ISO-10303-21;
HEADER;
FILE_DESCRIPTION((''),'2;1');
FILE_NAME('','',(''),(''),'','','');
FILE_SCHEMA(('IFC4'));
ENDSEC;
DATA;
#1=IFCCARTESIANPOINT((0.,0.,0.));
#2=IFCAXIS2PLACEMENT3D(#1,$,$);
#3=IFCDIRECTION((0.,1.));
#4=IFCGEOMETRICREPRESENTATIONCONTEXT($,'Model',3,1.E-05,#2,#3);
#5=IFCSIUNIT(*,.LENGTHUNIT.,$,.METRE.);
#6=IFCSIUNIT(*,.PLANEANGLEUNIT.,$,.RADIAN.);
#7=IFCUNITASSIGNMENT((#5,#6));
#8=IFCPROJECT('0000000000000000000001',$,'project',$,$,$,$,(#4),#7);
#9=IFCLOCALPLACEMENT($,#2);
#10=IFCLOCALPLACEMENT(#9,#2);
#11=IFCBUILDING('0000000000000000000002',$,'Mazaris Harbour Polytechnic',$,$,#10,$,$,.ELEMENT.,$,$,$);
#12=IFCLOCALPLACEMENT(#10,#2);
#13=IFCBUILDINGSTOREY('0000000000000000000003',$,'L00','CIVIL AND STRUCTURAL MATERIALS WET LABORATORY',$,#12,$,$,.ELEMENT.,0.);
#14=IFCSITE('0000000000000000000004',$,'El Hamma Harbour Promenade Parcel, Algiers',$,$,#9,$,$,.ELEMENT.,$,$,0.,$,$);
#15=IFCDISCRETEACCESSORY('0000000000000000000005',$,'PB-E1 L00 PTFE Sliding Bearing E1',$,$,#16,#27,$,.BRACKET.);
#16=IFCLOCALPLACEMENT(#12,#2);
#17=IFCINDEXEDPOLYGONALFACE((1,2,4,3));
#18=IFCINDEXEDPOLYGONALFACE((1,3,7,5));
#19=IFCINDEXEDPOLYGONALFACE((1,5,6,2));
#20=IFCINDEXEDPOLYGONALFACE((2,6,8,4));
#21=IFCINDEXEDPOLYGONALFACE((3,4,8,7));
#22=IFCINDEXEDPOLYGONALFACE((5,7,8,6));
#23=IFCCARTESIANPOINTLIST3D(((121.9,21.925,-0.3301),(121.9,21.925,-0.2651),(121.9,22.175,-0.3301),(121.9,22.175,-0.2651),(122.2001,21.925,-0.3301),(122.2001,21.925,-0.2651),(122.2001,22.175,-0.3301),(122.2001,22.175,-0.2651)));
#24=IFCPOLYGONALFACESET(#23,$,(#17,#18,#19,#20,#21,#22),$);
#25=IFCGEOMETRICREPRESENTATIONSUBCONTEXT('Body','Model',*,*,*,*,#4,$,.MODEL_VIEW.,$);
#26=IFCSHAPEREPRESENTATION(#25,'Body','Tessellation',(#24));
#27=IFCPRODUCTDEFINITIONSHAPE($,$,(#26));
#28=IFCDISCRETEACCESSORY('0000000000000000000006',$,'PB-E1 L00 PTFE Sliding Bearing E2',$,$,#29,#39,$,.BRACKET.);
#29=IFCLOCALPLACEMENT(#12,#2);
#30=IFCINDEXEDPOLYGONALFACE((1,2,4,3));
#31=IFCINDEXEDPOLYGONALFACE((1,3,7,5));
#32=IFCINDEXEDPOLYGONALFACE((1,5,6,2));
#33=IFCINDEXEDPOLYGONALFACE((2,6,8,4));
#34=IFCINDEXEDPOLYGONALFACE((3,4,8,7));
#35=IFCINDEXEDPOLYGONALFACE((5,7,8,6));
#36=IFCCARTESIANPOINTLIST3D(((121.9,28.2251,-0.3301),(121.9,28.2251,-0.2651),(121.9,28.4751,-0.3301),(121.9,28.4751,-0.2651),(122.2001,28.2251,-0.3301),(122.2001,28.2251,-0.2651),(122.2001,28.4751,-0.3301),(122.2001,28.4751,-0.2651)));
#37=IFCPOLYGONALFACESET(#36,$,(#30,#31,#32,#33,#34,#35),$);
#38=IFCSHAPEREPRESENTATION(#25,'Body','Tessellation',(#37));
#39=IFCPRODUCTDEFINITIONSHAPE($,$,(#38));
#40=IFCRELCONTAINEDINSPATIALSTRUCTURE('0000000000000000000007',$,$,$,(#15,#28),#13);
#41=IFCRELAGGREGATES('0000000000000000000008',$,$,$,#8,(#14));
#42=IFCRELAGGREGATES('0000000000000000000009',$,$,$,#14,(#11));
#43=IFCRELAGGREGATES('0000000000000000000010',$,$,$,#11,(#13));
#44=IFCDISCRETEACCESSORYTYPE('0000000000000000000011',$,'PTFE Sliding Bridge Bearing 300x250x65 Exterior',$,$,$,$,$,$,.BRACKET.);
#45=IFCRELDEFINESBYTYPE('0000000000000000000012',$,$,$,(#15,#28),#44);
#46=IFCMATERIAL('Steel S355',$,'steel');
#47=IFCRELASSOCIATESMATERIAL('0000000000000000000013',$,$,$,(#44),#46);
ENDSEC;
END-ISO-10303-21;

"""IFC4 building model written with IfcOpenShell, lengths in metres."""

from ifc_helpers import new_model, si_unit, direction, frame, origin, origin_2d, place, context, subcontext, project, spatial, rectangle, extrude, material, type_object, element, save


model = new_model("IFC4")

# Units and contexts
model_context = context("Model", 3, precision=1e-05, world=origin(), true_north=direction((0.0, 1.0)))
body_context = subcontext(model_context, "Body", "Model", "MODEL_VIEW")
ifc_project = project(units=[si_unit("LENGTHUNIT", "METRE"), si_unit("PLANEANGLEUNIT", "RADIAN")], contexts=[model_context])

# Site, building, storey
site_placement = place(None, origin())
site = spatial("IfcSite", under=ifc_project, at=site_placement, Name="El Hamma Harbour Promenade Parcel, Algiers", CompositionType="ELEMENT", RefElevation=0.0)
building_placement = place(site_placement, origin())
building = spatial("IfcBuilding", under=site, at=building_placement, Name="Mazaris Harbour Polytechnic", CompositionType="ELEMENT")
storey_placement = place(building_placement, origin())
storey = spatial("IfcBuildingStorey", under=building, at=storey_placement, Name="L00", Description="CIVIL AND STRUCTURAL MATERIALS WET LABORATORY", CompositionType="ELEMENT", Elevation=0.0)

# Discrete accessories
ifc_material_1 = material(Name="Steel S355", Category="steel")
discrete_accessory_type = type_object("IfcDiscreteAccessoryType", Name="PTFE Sliding Bridge Bearing 300x250x65 Exterior", PredefinedType="BRACKET", material=ifc_material_1)
for number, where, z_axis, x_axis, name in (
    (1, (122.05, 22.05, -0.3301), (0.0, 0.0, 1.0), (1.0, 0.0, 0.0), "PB-E1 L00 PTFE Sliding Bearing E1"),
    (2, (122.05, 28.3501, -0.3301), (0.0, 0.0, 1.0), (1.0, 0.0, 0.0), "PB-E1 L00 PTFE Sliding Bearing E2"),
):
    element("IfcDiscreteAccessory", number, at=place(storey_placement, frame(where, z_axis=z_axis, x_axis=x_axis)), inside=storey, type_object=discrete_accessory_type, Name=name, PredefinedType="BRACKET", context=body_context, shape_type="SweptSolid", body=[
        extrude(rectangle(XDim=0.3, YDim=0.25, at=origin_2d()), origin(), (0.0, 0.0, 1.0), 0.0649),
    ])

save(model, "model.ifc")
